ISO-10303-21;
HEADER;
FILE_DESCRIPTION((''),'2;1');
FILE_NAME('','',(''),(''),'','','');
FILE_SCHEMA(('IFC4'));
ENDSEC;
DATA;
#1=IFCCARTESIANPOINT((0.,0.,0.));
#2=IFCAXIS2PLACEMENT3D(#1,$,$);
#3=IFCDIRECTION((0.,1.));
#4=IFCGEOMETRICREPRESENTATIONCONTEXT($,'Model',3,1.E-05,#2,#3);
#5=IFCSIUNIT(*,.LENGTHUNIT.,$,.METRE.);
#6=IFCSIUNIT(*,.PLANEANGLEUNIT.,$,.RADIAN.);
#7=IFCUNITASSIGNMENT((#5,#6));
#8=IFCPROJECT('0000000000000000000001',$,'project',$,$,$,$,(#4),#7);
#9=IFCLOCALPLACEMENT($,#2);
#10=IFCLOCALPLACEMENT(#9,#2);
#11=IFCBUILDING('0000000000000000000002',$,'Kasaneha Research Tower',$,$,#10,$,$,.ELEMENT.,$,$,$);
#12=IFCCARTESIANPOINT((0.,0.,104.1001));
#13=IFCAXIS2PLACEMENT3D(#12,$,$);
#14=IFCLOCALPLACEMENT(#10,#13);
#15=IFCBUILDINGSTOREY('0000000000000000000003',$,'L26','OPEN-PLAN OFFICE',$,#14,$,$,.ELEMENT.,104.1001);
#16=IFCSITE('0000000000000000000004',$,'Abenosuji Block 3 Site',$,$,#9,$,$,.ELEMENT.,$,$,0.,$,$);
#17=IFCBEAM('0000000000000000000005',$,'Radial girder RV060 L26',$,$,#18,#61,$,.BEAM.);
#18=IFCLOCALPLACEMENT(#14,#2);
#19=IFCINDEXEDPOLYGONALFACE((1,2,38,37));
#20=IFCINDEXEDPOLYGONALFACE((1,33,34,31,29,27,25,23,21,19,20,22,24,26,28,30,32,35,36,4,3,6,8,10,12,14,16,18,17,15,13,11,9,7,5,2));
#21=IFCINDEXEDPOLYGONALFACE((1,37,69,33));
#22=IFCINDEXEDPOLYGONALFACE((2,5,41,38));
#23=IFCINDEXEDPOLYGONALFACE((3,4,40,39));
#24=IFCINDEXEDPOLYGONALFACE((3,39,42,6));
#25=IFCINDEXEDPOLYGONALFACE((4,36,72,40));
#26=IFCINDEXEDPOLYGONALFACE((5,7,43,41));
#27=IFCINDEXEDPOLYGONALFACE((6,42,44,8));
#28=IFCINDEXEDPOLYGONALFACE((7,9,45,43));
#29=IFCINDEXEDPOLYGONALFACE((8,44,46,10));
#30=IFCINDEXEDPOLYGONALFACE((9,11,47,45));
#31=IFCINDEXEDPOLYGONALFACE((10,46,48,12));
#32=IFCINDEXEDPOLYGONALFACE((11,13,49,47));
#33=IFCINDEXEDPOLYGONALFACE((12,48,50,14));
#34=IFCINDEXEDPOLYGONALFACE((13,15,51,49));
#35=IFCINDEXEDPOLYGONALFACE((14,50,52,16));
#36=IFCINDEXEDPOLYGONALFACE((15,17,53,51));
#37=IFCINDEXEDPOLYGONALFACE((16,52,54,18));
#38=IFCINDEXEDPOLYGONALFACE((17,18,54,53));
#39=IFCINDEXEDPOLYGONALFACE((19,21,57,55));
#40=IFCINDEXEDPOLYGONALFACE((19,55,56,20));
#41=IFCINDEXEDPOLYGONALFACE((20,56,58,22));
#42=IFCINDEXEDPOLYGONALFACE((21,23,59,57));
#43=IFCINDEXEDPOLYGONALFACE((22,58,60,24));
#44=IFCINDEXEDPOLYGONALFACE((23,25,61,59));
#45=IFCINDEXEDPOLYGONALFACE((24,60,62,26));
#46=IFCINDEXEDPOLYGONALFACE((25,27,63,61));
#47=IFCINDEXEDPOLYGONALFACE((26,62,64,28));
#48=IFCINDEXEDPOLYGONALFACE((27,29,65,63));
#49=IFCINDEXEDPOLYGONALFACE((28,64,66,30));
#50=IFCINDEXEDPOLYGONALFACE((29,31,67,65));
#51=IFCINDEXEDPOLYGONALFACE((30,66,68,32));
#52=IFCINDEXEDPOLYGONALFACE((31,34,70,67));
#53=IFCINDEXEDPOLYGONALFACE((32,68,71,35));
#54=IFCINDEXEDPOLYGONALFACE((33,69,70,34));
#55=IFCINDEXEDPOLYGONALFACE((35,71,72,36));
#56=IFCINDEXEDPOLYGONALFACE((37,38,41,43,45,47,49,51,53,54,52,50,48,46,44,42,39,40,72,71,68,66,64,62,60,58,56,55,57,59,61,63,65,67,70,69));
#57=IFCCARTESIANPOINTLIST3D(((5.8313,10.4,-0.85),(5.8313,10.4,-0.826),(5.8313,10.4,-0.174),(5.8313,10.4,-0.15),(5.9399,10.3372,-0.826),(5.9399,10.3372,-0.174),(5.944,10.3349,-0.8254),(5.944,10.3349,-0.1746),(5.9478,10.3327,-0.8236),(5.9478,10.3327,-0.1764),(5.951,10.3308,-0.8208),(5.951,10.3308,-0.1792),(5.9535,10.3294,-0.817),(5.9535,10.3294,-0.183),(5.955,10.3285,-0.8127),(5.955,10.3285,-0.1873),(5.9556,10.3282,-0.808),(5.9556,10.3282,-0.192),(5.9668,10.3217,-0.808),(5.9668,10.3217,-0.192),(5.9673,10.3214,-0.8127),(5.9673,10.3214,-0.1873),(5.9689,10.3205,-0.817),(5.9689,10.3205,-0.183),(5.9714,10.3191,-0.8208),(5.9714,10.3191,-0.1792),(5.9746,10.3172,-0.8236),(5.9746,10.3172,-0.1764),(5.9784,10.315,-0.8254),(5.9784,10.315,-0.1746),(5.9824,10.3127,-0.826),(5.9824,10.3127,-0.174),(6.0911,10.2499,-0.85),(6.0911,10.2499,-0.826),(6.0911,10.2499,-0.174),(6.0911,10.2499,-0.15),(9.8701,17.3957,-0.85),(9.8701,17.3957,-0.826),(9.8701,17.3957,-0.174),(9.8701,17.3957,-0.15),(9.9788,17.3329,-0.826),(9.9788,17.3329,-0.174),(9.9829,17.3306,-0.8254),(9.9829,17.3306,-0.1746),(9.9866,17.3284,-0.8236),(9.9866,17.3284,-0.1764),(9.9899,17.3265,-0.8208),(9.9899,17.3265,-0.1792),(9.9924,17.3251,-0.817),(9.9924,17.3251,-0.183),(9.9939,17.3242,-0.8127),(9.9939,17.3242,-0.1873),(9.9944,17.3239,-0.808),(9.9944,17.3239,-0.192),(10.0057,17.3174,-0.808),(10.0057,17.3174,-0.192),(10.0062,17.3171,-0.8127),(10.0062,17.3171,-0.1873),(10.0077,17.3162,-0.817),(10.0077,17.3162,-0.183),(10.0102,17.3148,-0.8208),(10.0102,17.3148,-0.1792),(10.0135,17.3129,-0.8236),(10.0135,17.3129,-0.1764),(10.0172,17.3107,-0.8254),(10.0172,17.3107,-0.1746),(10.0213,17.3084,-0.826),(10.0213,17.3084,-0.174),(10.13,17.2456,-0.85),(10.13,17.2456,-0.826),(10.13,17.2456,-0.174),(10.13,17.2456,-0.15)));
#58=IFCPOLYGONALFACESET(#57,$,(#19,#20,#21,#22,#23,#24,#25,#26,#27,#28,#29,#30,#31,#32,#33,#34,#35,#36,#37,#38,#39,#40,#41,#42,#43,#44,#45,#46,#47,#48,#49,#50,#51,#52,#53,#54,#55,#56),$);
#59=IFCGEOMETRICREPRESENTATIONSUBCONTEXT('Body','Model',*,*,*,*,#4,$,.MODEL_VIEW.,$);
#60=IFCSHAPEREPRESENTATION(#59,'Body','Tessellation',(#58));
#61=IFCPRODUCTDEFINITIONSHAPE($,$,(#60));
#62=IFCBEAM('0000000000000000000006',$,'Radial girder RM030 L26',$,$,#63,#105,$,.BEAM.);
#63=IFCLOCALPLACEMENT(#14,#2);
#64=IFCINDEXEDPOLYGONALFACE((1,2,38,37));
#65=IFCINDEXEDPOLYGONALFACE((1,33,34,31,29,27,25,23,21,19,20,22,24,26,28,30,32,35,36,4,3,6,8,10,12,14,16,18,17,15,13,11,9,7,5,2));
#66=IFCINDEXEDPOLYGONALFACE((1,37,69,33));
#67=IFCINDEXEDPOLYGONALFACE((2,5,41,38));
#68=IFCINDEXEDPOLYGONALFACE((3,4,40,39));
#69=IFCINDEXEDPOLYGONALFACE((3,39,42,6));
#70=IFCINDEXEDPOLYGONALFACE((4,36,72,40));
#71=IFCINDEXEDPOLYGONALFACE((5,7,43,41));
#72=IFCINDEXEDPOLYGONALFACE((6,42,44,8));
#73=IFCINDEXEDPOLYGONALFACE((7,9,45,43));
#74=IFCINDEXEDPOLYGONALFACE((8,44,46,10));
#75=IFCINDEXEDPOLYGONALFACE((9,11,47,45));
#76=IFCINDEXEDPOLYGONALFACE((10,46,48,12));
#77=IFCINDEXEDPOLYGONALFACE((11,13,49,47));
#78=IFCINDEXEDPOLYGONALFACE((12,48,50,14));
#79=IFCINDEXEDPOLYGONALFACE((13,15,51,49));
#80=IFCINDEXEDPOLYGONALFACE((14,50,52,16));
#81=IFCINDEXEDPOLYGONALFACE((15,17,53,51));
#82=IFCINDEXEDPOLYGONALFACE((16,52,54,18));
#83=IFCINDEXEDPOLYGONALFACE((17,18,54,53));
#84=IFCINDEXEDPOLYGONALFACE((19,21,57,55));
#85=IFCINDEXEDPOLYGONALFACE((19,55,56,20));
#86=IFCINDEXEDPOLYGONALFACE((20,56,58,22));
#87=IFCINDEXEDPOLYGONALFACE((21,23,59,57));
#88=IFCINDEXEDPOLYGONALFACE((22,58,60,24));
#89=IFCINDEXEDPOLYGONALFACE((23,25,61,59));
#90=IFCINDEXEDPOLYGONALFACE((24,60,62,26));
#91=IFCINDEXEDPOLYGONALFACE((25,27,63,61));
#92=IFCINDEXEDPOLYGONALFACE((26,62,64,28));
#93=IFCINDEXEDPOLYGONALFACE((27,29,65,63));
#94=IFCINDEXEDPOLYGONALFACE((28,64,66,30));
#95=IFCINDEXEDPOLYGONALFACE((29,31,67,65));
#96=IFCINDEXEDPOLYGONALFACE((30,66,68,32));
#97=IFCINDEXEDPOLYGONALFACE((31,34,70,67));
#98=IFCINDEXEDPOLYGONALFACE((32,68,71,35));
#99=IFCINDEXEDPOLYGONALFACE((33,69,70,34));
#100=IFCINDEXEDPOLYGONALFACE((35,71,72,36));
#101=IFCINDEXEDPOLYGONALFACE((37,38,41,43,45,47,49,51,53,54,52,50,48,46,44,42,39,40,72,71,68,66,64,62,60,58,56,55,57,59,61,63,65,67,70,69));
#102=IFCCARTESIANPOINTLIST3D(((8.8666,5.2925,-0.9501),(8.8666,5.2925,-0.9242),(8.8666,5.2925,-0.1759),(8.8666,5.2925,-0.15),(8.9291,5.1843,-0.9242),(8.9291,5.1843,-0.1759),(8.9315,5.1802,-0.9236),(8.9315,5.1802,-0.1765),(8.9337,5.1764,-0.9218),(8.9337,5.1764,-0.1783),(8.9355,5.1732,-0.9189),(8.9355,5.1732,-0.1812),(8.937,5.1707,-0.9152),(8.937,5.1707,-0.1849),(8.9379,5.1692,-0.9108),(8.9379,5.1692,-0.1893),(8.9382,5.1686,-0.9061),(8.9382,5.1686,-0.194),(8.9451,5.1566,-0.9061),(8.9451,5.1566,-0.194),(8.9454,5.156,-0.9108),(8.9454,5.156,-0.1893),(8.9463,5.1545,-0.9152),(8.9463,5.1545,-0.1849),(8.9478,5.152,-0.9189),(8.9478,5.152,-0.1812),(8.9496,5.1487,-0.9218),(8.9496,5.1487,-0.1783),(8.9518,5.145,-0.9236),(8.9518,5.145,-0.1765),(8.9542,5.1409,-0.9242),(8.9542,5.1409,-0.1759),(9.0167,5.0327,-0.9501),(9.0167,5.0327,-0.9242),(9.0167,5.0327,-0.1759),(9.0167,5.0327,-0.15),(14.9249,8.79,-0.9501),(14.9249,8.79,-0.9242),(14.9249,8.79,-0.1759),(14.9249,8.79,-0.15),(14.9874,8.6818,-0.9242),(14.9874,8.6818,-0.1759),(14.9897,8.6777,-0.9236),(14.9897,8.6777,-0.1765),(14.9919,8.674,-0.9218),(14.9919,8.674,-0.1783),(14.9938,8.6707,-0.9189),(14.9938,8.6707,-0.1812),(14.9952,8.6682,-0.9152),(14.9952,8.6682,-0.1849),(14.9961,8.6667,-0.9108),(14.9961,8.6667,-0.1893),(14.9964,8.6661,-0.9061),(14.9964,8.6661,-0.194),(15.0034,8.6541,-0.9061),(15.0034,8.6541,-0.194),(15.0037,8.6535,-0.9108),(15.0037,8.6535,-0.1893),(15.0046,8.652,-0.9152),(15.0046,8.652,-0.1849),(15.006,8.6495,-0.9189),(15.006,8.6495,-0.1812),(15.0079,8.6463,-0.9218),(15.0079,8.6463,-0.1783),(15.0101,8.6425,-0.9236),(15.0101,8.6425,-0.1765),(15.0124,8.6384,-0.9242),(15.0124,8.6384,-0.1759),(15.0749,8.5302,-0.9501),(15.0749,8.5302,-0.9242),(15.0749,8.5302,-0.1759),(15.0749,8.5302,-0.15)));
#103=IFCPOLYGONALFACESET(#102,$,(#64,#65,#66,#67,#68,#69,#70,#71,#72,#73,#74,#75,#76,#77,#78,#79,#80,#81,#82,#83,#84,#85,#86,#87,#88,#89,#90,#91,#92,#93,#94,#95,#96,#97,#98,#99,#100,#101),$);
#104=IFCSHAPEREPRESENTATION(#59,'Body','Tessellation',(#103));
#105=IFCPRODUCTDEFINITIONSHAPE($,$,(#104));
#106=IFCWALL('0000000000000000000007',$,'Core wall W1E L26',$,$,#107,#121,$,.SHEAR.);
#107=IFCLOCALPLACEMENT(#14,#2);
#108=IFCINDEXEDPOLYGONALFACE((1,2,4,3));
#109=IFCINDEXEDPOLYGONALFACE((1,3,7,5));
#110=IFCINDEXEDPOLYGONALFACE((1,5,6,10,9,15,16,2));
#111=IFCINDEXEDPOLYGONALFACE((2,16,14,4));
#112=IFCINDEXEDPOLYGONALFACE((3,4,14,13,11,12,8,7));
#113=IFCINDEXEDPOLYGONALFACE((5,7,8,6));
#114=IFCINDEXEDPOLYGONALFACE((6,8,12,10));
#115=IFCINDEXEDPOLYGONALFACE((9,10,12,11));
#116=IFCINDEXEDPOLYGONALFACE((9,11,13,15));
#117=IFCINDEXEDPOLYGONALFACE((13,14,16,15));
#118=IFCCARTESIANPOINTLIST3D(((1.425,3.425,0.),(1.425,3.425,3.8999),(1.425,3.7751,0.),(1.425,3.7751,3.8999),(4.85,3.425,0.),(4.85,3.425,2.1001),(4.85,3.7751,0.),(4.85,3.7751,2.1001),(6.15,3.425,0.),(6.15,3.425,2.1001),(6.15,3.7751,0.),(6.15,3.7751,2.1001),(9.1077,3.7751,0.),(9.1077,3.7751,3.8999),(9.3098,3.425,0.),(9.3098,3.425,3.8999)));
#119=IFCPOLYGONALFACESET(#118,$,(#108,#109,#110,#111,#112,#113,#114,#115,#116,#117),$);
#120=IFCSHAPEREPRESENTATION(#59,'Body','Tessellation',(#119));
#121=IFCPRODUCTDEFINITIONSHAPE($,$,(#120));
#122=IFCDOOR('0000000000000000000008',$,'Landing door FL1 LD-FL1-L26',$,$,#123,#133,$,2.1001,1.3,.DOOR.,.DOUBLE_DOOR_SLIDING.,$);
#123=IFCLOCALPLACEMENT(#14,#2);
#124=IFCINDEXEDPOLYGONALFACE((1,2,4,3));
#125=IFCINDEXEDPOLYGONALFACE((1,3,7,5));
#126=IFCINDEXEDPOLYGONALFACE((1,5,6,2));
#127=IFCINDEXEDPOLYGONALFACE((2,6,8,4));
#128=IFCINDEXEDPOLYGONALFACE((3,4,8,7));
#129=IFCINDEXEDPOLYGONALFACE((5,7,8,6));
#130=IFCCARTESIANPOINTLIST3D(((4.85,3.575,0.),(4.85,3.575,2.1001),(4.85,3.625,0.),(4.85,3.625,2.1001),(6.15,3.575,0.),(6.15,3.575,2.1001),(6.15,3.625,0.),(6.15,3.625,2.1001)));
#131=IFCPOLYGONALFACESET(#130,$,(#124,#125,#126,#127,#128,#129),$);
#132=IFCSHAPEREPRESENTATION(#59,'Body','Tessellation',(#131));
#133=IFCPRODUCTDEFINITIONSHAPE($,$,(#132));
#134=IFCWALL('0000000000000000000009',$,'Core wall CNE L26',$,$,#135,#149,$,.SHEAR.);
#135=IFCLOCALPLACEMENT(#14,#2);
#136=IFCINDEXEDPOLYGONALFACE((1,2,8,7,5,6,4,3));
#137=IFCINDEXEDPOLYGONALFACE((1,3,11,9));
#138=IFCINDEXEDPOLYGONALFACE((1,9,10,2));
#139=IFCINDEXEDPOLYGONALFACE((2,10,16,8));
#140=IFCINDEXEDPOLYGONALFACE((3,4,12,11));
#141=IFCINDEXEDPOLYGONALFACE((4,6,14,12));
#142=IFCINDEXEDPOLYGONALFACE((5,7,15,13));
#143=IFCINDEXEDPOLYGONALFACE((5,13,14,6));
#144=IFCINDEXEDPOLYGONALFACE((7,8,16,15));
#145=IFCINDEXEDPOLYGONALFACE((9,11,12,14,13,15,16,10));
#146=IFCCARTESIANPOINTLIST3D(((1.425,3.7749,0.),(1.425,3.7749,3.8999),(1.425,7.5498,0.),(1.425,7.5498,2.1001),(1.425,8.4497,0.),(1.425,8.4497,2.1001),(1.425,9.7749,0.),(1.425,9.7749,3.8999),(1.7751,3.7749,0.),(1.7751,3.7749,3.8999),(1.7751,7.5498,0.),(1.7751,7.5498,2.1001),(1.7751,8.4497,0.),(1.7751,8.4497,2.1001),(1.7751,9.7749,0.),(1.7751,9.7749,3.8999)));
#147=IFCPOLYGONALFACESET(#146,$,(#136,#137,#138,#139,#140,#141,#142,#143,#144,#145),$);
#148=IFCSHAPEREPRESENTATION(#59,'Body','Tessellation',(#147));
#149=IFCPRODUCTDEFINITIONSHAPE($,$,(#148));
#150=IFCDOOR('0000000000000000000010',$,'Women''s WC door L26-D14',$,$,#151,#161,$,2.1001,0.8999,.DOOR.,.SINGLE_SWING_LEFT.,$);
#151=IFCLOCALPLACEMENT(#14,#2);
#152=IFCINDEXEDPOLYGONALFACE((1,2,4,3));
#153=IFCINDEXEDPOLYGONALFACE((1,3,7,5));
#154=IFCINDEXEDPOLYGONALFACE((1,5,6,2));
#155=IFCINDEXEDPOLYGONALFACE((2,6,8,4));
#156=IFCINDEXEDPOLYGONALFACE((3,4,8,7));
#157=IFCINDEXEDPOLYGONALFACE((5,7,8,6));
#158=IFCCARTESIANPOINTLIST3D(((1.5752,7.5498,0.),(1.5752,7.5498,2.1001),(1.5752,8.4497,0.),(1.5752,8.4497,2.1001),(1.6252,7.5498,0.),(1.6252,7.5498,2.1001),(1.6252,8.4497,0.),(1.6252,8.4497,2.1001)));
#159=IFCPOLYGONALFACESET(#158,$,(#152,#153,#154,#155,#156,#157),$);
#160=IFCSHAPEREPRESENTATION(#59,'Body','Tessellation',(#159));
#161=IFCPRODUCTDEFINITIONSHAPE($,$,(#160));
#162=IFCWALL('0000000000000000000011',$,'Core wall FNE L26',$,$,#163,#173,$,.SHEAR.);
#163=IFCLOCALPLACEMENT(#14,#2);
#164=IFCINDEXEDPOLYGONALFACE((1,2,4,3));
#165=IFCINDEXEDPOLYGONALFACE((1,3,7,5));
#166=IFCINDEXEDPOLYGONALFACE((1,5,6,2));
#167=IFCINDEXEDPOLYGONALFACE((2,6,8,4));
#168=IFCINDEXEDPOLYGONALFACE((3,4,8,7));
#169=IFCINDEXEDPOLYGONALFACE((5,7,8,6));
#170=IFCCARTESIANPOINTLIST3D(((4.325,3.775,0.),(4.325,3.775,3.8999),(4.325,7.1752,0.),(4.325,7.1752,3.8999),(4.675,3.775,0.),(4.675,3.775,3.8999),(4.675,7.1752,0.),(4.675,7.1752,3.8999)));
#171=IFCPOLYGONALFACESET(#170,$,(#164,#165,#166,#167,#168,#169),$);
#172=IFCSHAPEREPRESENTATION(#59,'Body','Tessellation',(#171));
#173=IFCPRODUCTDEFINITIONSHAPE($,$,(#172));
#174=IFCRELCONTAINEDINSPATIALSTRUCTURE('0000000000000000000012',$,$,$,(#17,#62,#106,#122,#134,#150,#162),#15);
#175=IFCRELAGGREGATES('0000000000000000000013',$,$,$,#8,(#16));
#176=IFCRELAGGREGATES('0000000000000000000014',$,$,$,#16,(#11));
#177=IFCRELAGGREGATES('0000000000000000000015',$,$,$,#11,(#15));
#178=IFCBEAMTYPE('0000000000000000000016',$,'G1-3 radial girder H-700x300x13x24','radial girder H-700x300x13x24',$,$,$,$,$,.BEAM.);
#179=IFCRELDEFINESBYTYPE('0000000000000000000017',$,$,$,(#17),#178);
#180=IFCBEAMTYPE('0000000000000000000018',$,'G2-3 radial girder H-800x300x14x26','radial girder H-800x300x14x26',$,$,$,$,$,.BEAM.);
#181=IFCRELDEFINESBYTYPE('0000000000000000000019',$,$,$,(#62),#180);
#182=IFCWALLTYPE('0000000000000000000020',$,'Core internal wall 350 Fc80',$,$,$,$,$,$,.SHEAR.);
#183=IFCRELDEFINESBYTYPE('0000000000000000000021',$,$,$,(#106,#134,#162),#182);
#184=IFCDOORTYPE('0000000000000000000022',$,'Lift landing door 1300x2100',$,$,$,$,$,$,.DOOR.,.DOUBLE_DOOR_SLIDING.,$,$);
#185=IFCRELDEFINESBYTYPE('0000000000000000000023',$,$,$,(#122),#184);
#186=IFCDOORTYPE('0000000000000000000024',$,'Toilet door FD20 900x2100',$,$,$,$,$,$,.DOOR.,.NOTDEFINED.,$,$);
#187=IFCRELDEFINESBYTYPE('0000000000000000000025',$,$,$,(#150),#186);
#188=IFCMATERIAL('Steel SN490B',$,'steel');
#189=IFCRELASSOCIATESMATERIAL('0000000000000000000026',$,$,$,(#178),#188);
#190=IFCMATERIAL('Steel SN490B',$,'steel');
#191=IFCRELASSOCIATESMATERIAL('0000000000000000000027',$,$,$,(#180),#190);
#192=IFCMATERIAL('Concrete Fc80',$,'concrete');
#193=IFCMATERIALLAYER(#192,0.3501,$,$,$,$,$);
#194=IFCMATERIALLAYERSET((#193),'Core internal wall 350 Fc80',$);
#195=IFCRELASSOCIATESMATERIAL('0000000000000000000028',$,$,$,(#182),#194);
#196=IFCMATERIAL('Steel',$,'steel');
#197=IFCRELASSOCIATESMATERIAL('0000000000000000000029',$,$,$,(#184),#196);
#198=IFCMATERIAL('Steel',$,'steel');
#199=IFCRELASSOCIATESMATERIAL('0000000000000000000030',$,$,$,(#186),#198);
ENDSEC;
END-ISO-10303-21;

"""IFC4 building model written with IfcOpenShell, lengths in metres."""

from ifc_helpers import new_model, si_unit, direction, frame, frame_2d, origin, origin_2d, place, context, subcontext, project, spatial, polyline, rectangle, i_section, outline, extrude, material, layer, layer_set, material_profile, profile_set, type_object, element, fill, save


model = new_model("IFC4")

# Units and contexts
model_context = context("Model", 3, precision=1e-05, world=origin(), true_north=direction((0.0, 1.0)))
body_context = subcontext(model_context, "Body", "Model", "MODEL_VIEW")
ifc_project = project(units=[si_unit("LENGTHUNIT", "METRE"), si_unit("PLANEANGLEUNIT", "RADIAN")], contexts=[model_context])

# Site, building, storey
site_placement = place(None, origin())
site = spatial("IfcSite", under=ifc_project, at=site_placement, Name="Abenosuji Block 3 Site", CompositionType="ELEMENT", RefElevation=0.0)
building_placement = place(site_placement, origin())
building = spatial("IfcBuilding", under=site, at=building_placement, Name="Kasaneha Research Tower", CompositionType="ELEMENT")
storey_placement = place(building_placement, frame((0.0, 0.0, 104.1001)))
storey = spatial("IfcBuildingStorey", under=building, at=storey_placement, Name="L26", Description="OPEN-PLAN OFFICE", CompositionType="ELEMENT", Elevation=104.1001)

# Beams
ifc_material_1 = material(Name="Steel SN490B", Category="steel")
ifc_material_profile_1 = material_profile(ifc_material_1, i_section(OverallWidth=0.3, OverallDepth=0.7, WebThickness=0.0129, FlangeThickness=0.0239, FilletRadius=0.0181, at=origin_2d()), Name="H-700x300x13x24")
ifc_profile_set_1 = profile_set([ifc_material_profile_1], Name="Steel SN490B")
beam_type_1 = type_object("IfcBeamType", Name="G1-3 radial girder H-700x300x13x24", Description="radial girder H-700x300x13x24", PredefinedType="BEAM", material=ifc_profile_set_1)
beam_1_placement = place(storey_placement, frame((5.9612, 10.325, -0.5), z_axis=(0.499991, 0.866031, 0.0), x_axis=(-0.866031, 0.499991, 0.0)))
element("IfcBeam", 1, at=beam_1_placement, inside=storey, type_object=beam_type_1, Name="Radial girder RV060 L26", PredefinedType="BEAM", context=body_context, shape_type="SweptSolid", body=[
    extrude(i_section(OverallWidth=0.3, OverallDepth=0.7, WebThickness=0.0129, FlangeThickness=0.0239, FilletRadius=0.0181, at=origin_2d()), origin(), (0.0, 0.0, 1.0), 8.0779),
])
ifc_material_2 = material(Name="Steel SN490B", Category="steel")
ifc_material_profile_2 = material_profile(ifc_material_2, i_section(OverallWidth=0.3, OverallDepth=0.8, WebThickness=0.0139, FlangeThickness=0.0259, FilletRadius=0.0181, at=origin_2d()), Name="H-800x300x14x26")
ifc_profile_set_2 = profile_set([ifc_material_profile_2], Name="Steel SN490B")
beam_type_2 = type_object("IfcBeamType", Name="G2-3 radial girder H-800x300x14x26", Description="radial girder H-800x300x14x26", PredefinedType="BEAM", material=ifc_profile_set_2)
beam_2_placement = place(storey_placement, frame((8.9417, 5.1626, -0.55), z_axis=(0.86604, 0.499975, 0.0), x_axis=(-0.499975, 0.86604, 0.0)))
element("IfcBeam", 2, at=beam_2_placement, inside=storey, type_object=beam_type_2, Name="Radial girder RM030 L26", PredefinedType="BEAM", context=body_context, shape_type="SweptSolid", body=[
    extrude(i_section(OverallWidth=0.3, OverallDepth=0.8, WebThickness=0.0139, FlangeThickness=0.0259, FilletRadius=0.0181, at=origin_2d()), origin(), (0.0, 0.0, 1.0), 6.9954),
])

# Walls, openings, doors
ifc_material_3 = material(Name="Concrete Fc80", Category="concrete")
ifc_layer_1 = layer(ifc_material_3, 0.3501)
ifc_layer_set_1 = layer_set([ifc_layer_1], Name="Core internal wall 350 Fc80")
wall_type_1 = type_object("IfcWallType", Name="Core internal wall 350 Fc80", PredefinedType="SHEAR", material=ifc_layer_set_1)
wall_1_placement = place(storey_placement, frame((1.425, 3.6001, 0.0), z_axis=(0.0, 0.0, 1.0), x_axis=(1.0, 0.0, 0.0)))
wall_1 = element("IfcWall", 3, at=wall_1_placement, inside=storey, type_object=wall_type_1, Name="Core wall W1E L26", PredefinedType="SHEAR", context=body_context, shape_type="SweptSolid", body=[
    extrude(outline(polyline([(0.0, -0.175), (3.425, -0.175), (4.7251, -0.175), (7.8848, -0.175), (7.6826, 0.175), (4.7251, 0.175), (3.425, 0.175), (0.0, 0.175), (0.0, -0.175)])), origin(), (0.0, 0.0, 1.0), 3.8999),
])
opening_1_placement = place(wall_1_placement, frame((3.425, 0.0, 0.0)))
opening_1 = element("IfcOpeningElement", 4, at=opening_1_placement, cuts=wall_1, PredefinedType="OPENING", context=body_context, shape_type="SweptSolid", body=[
    extrude(rectangle(XDim=1.3, YDim=2.1001, at=frame_2d((0.6499, 1.05))), frame((0.0, 0.1851, 0.0), z_axis=(0.0, -1.0, 0.0), x_axis=(1.0, 0.0, 0.0)), (0.0, 0.0, 1.0), 0.3701),
])
ifc_material_4 = material(Name="Steel", Category="steel")
door_type_1 = type_object("IfcDoorType", Name="Lift landing door 1300x2100", OperationType="DOUBLE_DOOR_SLIDING", PredefinedType="DOOR", material=ifc_material_4)
door_1_placement = place(opening_1_placement, origin())
door_1 = element("IfcDoor", 5, at=door_1_placement, inside=storey, type_object=door_type_1, Name="Landing door FL1 LD-FL1-L26", OperationType="DOUBLE_DOOR_SLIDING", OverallHeight=2.1001, OverallWidth=1.3, PredefinedType="DOOR", context=body_context, shape_type="SweptSolid", body=[
    extrude(rectangle(XDim=1.3, YDim=2.1001, at=frame_2d((0.6499, 1.05))), frame((0.0, 0.0249, 0.0), z_axis=(0.0, -1.0, 0.0), x_axis=(1.0, 0.0, 0.0)), (0.0, 0.0, 1.0), 0.05),
])
fill(opening_1, door_1)
wall_2_placement = place(storey_placement, frame((1.6001, 3.7749, 0.0), z_axis=(0.0, 0.0, 1.0), x_axis=(0.0, 1.0, 0.0)))
wall_2 = element("IfcWall", 6, at=wall_2_placement, inside=storey, type_object=wall_type_1, Name="Core wall CNE L26", PredefinedType="SHEAR", context=body_context, shape_type="SweptSolid", body=[
    extrude(rectangle(XDim=6.0, YDim=0.3501, at=frame_2d((3.0, 0.0))), origin(), (0.0, 0.0, 1.0), 3.8999),
])
opening_2_placement = place(wall_2_placement, frame((3.7749, 0.0, 0.0)))
opening_2 = element("IfcOpeningElement", 7, at=opening_2_placement, cuts=wall_2, PredefinedType="OPENING", context=body_context, shape_type="SweptSolid", body=[
    extrude(rectangle(XDim=0.8999, YDim=2.1001, at=frame_2d((0.45, 1.05))), frame((0.0, 0.1851, 0.0), z_axis=(0.0, -1.0, 0.0), x_axis=(1.0, 0.0, 0.0)), (0.0, 0.0, 1.0), 0.3701),
])
ifc_material_5 = material(Name="Steel", Category="steel")
door_type_2 = type_object("IfcDoorType", Name="Toilet door FD20 900x2100", OperationType="NOTDEFINED", PredefinedType="DOOR", material=ifc_material_5)
door_2_placement = place(opening_2_placement, origin())
door_2 = element("IfcDoor", 8, at=door_2_placement, inside=storey, type_object=door_type_2, Name="Women's WC door L26-D14", OperationType="SINGLE_SWING_LEFT", OverallHeight=2.1001, OverallWidth=0.8999, PredefinedType="DOOR", context=body_context, shape_type="SweptSolid", body=[
    extrude(rectangle(XDim=0.8999, YDim=2.1001, at=frame_2d((0.45, 1.05))), frame((0.0, 0.0249, 0.0), z_axis=(0.0, -1.0, 0.0), x_axis=(1.0, 0.0, 0.0)), (0.0, 0.0, 1.0), 0.05),
])
fill(opening_2, door_2)

# Wall
wall_3_placement = place(storey_placement, frame((4.5, 3.7749, 0.0), z_axis=(0.0, 0.0, 1.0), x_axis=(0.0, 1.0, 0.0)))
element("IfcWall", 9, at=wall_3_placement, inside=storey, type_object=wall_type_1, Name="Core wall FNE L26", PredefinedType="SHEAR", context=body_context, shape_type="SweptSolid", body=[
    extrude(rectangle(XDim=3.4001, YDim=0.3501, at=frame_2d((1.7002, 0.0))), origin(), (0.0, 0.0, 1.0), 3.8999),
])

save(model, "model.ifc")
